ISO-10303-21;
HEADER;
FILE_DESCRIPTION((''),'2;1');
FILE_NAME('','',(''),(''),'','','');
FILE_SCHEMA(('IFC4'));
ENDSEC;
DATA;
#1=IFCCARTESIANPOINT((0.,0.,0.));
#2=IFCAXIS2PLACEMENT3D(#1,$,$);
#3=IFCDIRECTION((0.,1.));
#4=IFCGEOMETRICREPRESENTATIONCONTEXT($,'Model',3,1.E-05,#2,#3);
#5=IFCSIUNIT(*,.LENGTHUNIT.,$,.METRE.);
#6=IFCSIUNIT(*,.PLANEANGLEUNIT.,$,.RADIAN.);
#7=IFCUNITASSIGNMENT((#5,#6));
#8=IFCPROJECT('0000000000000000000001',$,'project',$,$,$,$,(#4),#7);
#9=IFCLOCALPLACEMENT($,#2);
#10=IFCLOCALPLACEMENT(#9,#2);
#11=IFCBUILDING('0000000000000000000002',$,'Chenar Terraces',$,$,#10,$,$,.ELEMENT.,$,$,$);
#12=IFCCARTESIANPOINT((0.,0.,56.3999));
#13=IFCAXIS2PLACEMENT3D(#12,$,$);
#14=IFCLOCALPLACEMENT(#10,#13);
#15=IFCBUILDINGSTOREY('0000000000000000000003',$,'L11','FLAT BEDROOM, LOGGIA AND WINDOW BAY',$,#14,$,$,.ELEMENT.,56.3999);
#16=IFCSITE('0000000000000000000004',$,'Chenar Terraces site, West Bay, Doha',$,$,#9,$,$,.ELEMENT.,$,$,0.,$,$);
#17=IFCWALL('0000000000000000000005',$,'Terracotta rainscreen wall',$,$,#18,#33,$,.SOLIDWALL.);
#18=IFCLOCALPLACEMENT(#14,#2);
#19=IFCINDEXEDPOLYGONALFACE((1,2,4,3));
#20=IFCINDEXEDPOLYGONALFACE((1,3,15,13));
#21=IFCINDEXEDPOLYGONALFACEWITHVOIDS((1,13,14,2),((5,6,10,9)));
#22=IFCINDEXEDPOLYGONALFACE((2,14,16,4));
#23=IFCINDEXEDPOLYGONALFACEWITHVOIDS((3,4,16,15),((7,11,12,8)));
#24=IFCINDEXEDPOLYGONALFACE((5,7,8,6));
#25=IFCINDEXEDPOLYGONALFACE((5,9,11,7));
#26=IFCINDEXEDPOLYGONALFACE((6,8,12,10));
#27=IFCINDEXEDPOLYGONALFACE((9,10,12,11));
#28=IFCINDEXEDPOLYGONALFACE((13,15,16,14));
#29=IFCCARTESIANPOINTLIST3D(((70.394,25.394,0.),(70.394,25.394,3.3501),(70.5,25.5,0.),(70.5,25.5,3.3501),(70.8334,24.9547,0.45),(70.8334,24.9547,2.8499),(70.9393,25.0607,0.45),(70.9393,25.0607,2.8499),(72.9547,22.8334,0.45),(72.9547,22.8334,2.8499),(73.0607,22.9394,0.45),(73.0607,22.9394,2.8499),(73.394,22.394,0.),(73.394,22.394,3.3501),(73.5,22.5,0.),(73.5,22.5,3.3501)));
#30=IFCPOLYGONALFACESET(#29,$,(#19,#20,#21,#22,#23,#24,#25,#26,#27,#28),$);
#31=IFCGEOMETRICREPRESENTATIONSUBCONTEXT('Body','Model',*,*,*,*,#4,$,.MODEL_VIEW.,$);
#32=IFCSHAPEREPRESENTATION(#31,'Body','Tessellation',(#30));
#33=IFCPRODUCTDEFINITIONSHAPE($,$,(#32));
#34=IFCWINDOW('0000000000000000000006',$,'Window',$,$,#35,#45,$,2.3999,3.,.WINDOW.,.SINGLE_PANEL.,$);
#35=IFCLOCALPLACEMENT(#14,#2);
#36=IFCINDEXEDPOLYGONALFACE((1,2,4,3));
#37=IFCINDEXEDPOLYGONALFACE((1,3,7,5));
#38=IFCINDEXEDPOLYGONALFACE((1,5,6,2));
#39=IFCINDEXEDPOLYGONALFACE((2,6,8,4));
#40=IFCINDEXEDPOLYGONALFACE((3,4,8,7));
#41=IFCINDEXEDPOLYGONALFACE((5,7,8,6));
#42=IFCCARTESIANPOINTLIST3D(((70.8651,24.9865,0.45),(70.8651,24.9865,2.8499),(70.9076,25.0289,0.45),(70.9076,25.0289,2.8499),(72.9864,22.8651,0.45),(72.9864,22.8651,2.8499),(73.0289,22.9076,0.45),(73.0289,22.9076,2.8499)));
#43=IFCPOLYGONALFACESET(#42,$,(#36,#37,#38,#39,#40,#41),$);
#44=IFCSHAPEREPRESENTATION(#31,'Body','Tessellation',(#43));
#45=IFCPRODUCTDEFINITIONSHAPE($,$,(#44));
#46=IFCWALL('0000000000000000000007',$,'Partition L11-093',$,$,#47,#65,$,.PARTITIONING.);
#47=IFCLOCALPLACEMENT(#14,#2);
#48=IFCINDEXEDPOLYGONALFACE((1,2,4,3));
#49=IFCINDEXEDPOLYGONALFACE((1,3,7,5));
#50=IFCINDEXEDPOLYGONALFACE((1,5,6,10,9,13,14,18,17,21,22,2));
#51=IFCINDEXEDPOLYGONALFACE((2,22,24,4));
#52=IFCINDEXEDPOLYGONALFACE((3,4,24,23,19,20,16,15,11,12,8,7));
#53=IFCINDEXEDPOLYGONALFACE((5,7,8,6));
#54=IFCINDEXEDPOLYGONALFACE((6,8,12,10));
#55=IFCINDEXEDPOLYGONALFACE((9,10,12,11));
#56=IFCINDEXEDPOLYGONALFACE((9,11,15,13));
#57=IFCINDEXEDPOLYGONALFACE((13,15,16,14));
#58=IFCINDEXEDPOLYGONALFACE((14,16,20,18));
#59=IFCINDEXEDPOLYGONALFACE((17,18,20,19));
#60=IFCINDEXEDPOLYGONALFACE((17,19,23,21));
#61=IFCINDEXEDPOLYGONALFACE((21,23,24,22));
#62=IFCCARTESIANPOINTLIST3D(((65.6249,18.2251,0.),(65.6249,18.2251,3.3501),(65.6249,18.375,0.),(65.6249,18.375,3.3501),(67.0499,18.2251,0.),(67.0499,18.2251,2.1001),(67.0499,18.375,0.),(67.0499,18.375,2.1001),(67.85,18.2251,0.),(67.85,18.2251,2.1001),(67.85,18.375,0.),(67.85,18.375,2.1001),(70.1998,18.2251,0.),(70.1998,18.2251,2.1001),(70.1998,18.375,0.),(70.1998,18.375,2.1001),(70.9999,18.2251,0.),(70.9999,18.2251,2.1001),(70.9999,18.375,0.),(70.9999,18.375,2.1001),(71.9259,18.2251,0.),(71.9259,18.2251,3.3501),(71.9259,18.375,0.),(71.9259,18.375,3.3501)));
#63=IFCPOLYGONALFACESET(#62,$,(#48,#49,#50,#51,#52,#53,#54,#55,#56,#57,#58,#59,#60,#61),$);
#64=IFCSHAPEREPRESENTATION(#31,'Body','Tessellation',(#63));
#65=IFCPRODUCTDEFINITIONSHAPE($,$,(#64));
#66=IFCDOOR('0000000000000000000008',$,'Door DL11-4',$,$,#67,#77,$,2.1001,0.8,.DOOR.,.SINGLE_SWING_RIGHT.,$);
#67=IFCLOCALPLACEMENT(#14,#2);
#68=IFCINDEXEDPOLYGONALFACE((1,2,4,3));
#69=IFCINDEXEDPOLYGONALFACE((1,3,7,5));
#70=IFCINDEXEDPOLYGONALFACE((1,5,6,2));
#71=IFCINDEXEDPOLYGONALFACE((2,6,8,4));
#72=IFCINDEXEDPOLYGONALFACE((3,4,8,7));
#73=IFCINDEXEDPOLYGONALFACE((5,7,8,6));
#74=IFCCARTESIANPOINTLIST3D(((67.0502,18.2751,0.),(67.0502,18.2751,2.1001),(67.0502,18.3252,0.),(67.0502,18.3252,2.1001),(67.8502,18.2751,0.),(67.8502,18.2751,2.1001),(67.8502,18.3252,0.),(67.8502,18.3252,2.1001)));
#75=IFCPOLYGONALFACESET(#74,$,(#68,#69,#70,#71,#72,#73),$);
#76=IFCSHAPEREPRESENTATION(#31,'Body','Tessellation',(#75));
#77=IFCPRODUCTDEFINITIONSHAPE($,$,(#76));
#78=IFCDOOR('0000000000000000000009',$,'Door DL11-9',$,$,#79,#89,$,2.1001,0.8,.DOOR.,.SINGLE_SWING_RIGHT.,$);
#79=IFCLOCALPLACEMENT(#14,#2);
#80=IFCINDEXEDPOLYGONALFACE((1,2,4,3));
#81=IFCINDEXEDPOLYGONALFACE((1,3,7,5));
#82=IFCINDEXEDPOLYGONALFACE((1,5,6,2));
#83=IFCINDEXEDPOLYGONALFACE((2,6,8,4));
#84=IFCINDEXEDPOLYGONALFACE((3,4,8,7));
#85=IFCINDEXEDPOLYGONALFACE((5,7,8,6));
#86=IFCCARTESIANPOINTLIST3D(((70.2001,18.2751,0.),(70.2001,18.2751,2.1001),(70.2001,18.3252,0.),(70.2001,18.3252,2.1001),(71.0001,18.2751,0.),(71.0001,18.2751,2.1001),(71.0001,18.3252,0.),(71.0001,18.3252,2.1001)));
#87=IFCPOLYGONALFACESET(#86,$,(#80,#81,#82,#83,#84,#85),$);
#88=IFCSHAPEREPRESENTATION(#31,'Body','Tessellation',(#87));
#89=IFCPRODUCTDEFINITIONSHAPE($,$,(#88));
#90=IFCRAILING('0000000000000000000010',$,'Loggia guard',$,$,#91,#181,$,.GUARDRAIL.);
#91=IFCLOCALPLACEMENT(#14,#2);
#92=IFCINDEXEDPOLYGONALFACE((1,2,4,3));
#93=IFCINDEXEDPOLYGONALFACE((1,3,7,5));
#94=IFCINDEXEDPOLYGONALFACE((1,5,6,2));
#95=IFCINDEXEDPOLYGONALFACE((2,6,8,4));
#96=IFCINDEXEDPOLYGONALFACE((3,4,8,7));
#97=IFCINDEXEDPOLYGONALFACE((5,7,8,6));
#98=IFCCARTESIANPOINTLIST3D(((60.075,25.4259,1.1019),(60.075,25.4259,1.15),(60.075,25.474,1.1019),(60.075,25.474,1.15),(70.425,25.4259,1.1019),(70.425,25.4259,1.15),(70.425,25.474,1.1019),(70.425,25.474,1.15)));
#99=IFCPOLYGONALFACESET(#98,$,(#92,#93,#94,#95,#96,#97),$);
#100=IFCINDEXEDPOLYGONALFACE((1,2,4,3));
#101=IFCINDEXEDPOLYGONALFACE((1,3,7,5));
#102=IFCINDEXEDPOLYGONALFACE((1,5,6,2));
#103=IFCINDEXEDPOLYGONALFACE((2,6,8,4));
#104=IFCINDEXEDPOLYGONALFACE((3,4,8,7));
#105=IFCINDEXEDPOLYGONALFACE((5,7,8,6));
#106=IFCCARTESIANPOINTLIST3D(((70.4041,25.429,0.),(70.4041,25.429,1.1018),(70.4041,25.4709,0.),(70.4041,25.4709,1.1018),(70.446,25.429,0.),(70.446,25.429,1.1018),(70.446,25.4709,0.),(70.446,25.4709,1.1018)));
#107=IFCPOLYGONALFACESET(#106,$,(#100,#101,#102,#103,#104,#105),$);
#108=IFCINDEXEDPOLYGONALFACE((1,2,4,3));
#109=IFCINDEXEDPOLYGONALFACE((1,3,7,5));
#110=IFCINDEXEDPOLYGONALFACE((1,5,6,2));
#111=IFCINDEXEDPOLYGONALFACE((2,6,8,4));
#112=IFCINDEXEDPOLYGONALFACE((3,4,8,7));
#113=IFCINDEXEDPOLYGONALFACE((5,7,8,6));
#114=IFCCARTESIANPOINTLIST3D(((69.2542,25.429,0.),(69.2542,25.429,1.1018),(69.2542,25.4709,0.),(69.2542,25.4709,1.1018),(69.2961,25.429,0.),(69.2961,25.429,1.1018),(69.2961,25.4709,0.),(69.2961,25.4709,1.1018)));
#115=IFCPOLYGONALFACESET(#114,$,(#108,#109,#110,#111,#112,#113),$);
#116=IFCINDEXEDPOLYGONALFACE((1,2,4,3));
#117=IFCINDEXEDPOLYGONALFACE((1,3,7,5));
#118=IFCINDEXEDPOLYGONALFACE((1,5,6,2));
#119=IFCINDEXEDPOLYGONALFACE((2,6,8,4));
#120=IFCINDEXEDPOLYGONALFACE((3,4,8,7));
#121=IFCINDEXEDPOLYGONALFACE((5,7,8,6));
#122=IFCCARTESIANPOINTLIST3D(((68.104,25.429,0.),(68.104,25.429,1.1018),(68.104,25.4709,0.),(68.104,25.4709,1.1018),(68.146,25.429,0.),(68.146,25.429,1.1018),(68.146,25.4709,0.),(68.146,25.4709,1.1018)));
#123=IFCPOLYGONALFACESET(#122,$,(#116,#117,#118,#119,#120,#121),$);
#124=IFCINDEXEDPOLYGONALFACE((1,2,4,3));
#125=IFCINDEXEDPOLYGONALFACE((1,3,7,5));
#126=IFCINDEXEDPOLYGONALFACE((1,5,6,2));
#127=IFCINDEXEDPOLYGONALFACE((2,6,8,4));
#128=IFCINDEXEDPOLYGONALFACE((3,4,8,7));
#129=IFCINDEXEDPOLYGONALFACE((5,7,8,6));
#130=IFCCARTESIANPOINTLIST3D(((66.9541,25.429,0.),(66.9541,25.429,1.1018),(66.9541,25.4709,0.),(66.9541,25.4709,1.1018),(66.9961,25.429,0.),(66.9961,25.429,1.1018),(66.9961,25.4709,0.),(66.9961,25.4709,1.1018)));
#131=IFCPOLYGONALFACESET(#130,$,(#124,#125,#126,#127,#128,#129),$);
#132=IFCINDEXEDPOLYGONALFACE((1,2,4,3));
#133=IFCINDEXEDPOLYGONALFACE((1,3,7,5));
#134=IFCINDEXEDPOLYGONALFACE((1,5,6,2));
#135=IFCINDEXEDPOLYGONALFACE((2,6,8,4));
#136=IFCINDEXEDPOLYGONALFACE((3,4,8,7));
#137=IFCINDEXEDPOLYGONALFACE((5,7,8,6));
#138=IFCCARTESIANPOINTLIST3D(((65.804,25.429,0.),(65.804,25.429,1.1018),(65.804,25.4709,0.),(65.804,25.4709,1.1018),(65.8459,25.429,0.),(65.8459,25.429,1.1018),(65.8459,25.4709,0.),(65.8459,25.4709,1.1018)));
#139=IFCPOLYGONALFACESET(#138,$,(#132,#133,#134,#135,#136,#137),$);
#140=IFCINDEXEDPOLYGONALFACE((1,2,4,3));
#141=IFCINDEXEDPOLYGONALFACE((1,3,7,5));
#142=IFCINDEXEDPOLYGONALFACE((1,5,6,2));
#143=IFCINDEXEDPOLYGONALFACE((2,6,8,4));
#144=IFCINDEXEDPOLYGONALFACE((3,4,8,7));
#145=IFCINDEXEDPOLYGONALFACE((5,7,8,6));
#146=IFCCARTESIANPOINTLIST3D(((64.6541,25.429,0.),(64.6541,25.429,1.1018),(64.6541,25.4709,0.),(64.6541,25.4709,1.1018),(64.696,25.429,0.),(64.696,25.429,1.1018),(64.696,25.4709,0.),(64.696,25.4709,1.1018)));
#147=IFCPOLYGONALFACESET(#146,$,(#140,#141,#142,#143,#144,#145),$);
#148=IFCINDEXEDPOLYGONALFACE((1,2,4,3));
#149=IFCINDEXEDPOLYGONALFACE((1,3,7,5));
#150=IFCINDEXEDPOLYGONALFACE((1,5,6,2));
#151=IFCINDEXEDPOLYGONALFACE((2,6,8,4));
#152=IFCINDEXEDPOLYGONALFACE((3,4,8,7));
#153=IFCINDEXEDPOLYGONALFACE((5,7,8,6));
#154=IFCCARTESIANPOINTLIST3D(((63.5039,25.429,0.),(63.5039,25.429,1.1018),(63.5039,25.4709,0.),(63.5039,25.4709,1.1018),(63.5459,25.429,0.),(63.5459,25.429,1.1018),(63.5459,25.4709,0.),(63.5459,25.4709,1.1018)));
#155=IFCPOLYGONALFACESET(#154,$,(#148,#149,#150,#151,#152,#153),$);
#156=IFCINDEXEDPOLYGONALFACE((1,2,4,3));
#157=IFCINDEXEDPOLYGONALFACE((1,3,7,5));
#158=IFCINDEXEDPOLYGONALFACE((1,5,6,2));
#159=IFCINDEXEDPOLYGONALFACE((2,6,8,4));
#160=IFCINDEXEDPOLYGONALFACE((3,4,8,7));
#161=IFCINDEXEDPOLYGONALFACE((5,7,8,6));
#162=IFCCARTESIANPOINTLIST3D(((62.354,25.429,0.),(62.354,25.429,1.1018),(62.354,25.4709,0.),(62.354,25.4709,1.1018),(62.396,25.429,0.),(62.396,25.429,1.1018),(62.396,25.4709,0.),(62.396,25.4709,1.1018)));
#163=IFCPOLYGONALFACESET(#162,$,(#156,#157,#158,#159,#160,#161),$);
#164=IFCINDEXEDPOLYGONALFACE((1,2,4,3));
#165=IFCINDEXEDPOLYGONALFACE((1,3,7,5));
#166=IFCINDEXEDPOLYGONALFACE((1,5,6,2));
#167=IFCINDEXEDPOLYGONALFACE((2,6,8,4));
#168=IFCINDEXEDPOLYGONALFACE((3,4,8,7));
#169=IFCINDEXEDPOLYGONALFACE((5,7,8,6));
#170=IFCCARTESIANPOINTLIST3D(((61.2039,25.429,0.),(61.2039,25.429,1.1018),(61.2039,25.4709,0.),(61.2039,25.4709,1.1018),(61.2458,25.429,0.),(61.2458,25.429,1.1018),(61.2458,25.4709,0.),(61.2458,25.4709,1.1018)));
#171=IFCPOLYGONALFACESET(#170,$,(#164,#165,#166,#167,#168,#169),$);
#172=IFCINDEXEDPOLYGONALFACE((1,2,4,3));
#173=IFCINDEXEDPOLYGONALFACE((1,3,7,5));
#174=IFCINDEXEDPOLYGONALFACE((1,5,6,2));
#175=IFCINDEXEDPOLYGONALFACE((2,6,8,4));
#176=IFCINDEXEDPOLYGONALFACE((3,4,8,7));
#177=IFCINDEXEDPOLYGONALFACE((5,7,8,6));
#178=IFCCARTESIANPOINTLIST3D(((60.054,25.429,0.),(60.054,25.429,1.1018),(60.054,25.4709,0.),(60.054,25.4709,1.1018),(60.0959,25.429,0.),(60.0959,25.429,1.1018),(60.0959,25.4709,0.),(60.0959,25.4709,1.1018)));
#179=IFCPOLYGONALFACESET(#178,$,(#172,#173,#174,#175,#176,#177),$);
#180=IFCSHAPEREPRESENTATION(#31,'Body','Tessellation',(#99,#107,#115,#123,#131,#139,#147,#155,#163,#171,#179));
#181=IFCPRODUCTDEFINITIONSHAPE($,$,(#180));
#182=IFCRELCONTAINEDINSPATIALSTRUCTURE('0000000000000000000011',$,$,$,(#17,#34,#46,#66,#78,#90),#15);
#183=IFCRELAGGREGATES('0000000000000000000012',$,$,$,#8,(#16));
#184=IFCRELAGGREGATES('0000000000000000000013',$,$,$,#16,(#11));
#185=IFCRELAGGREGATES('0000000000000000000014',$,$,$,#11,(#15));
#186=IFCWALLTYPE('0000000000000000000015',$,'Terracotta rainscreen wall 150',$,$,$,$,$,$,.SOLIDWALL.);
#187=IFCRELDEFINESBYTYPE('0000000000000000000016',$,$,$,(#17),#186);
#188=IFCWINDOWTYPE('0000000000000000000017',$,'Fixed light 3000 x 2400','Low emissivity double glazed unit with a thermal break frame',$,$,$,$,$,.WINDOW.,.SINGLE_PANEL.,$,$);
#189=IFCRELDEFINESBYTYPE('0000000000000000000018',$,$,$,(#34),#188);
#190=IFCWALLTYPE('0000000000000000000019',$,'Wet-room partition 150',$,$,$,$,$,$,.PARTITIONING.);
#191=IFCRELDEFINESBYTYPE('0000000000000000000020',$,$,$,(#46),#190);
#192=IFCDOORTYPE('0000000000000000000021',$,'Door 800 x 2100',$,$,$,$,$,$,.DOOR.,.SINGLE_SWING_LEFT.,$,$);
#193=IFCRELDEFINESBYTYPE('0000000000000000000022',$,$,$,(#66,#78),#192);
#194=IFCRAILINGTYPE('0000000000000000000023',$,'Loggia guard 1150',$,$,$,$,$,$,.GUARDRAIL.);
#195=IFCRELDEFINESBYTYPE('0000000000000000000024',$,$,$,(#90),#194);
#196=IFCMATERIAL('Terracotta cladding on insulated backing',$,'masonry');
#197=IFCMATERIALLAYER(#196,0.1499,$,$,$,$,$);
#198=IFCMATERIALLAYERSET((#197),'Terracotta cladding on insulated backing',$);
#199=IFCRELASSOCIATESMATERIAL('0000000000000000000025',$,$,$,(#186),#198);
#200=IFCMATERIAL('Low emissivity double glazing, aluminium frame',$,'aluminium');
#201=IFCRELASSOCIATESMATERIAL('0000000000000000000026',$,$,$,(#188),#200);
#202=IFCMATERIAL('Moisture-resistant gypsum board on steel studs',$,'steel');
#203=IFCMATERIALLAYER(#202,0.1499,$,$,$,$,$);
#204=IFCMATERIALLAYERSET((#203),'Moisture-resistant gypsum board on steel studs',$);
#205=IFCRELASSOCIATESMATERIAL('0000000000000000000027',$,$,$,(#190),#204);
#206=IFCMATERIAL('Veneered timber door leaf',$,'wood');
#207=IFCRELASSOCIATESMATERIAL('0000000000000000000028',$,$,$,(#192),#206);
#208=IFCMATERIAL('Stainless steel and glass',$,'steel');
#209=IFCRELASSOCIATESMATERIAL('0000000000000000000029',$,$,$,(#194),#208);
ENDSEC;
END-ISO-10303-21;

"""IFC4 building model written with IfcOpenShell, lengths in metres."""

from ifc_helpers import new_model, si_unit, direction, frame, frame_2d, origin, origin_2d, place, context, subcontext, project, spatial, rectangle, extrude, material, layer, layer_set, type_object, element, fill, save


model = new_model("IFC4")

# Units and contexts
model_context = context("Model", 3, precision=1e-05, world=origin(), true_north=direction((0.0, 1.0)))
body_context = subcontext(model_context, "Body", "Model", "MODEL_VIEW")
ifc_project = project(units=[si_unit("LENGTHUNIT", "METRE"), si_unit("PLANEANGLEUNIT", "RADIAN")], contexts=[model_context])

# Site, building, storey
site_placement = place(None, origin())
site = spatial("IfcSite", under=ifc_project, at=site_placement, Name="Chenar Terraces site, West Bay, Doha", CompositionType="ELEMENT", RefElevation=0.0)
building_placement = place(site_placement, origin())
building = spatial("IfcBuilding", under=site, at=building_placement, Name="Chenar Terraces", CompositionType="ELEMENT")
storey_placement = place(building_placement, frame((0.0, 0.0, 56.3999)))
storey = spatial("IfcBuildingStorey", under=building, at=storey_placement, Name="L11", Description="FLAT BEDROOM, LOGGIA AND WINDOW BAY", CompositionType="ELEMENT", Elevation=56.3999)

# Wall, opening, window
ifc_material_1 = material(Name="Terracotta cladding on insulated backing", Category="masonry")
ifc_layer_1 = layer(ifc_material_1, 0.1499)
ifc_layer_set_1 = layer_set([ifc_layer_1], Name="Terracotta cladding on insulated backing")
wall_type_1 = type_object("IfcWallType", Name="Terracotta rainscreen wall 150", PredefinedType="SOLIDWALL", material=ifc_layer_set_1)
wall_1_placement = place(storey_placement, frame((73.447, 22.447, 0.0), z_axis=(0.0, 0.0, 1.0), x_axis=(-0.707107, 0.707107, 0.0)))
wall_1 = element("IfcWall", 1, at=wall_1_placement, inside=storey, type_object=wall_type_1, Name="Terracotta rainscreen wall", PredefinedType="SOLIDWALL", context=body_context, shape_type="SweptSolid", body=[
    extrude(rectangle(XDim=4.2427, YDim=0.1499, at=frame_2d((2.1213, 0.0))), origin(), (0.0, 0.0, 1.0), 3.3501),
])
opening_1_placement = place(wall_1_placement, frame((0.6213, 0.0, 0.45)))
opening_1 = element("IfcOpeningElement", 2, at=opening_1_placement, cuts=wall_1, PredefinedType="OPENING", context=body_context, shape_type="SweptSolid", body=[
    extrude(rectangle(XDim=3.0, YDim=2.3999, at=frame_2d((1.5, 1.2))), frame((0.0, 0.085, 0.0), z_axis=(0.0, -1.0, 0.0), x_axis=(1.0, 0.0, 0.0)), (0.0, 0.0, 1.0), 0.1699),
])
ifc_material_2 = material(Name="Low emissivity double glazing, aluminium frame", Category="aluminium")
window_type_1 = type_object("IfcWindowType", Name="Fixed light 3000 x 2400", Description="Low emissivity double glazed unit with a thermal break frame", PartitioningType="SINGLE_PANEL", PredefinedType="WINDOW", material=ifc_material_2)
window_1_placement = place(opening_1_placement, origin())
window_1 = element("IfcWindow", 3, at=window_1_placement, inside=storey, type_object=window_type_1, Name="Window", OverallHeight=2.3999, OverallWidth=3.0, PartitioningType="SINGLE_PANEL", PredefinedType="WINDOW", context=body_context, shape_type="SweptSolid", body=[
    extrude(rectangle(XDim=3.0, YDim=2.3999, at=frame_2d((1.5, 1.2))), frame((0.0, 0.03, 0.0), z_axis=(0.0, -1.0, 0.0), x_axis=(1.0, 0.0, 0.0)), (0.0, 0.0, 1.0), 0.0601),
])
fill(opening_1, window_1)

# Wall, openings, doors
ifc_material_3 = material(Name="Moisture-resistant gypsum board on steel studs", Category="steel")
ifc_layer_2 = layer(ifc_material_3, 0.1499)
ifc_layer_set_2 = layer_set([ifc_layer_2], Name="Moisture-resistant gypsum board on steel studs")
wall_type_2 = type_object("IfcWallType", Name="Wet-room partition 150", PredefinedType="PARTITIONING", material=ifc_layer_set_2)
wall_2_placement = place(storey_placement, frame((65.625, 18.3, 0.0), z_axis=(0.0, 0.0, 1.0), x_axis=(1.0, 0.0, 0.0)))
wall_2 = element("IfcWall", 4, at=wall_2_placement, inside=storey, type_object=wall_type_2, Name="Partition L11-093", PredefinedType="PARTITIONING", context=body_context, shape_type="SweptSolid", body=[
    extrude(rectangle(XDim=6.301, YDim=0.1499, at=frame_2d((3.1504, 0.0))), origin(), (0.0, 0.0, 1.0), 3.3501),
])
opening_2_placement = place(wall_2_placement, frame((1.425, 0.0, 0.0)))
opening_2 = element("IfcOpeningElement", 5, at=opening_2_placement, cuts=wall_2, PredefinedType="OPENING", context=body_context, shape_type="SweptSolid", body=[
    extrude(rectangle(XDim=0.8, YDim=2.1001, at=frame_2d((0.3999, 1.05))), frame((0.0, 0.085, 0.0), z_axis=(0.0, -1.0, 0.0), x_axis=(1.0, 0.0, 0.0)), (0.0, 0.0, 1.0), 0.1699),
])
opening_3_placement = place(wall_2_placement, frame((4.575, 0.0, 0.0)))
opening_3 = element("IfcOpeningElement", 6, at=opening_3_placement, cuts=wall_2, PredefinedType="OPENING", context=body_context, shape_type="SweptSolid", body=[
    extrude(rectangle(XDim=0.8, YDim=2.1001, at=frame_2d((0.3999, 1.05))), frame((0.0, 0.085, 0.0), z_axis=(0.0, -1.0, 0.0), x_axis=(1.0, 0.0, 0.0)), (0.0, 0.0, 1.0), 0.1699),
])
ifc_material_4 = material(Name="Veneered timber door leaf", Category="wood")
door_type_1 = type_object("IfcDoorType", Name="Door 800 x 2100", OperationType="SINGLE_SWING_LEFT", PredefinedType="DOOR", material=ifc_material_4)
door_1_placement = place(opening_2_placement, frame((0.8, 0.0, 0.0), z_axis=(0.0, 0.0, 1.0), x_axis=(-1.0, 0.0, 0.0)))
door_1 = element("IfcDoor", 7, at=door_1_placement, inside=storey, type_object=door_type_1, Name="Door DL11-4", OperationType="SINGLE_SWING_RIGHT", OverallHeight=2.1001, OverallWidth=0.8, PredefinedType="DOOR", context=body_context, shape_type="SweptSolid", body=[
    extrude(rectangle(XDim=0.8, YDim=2.1001, at=frame_2d((0.3999, 1.05))), frame((0.0, 0.0249, 0.0), z_axis=(0.0, -1.0, 0.0), x_axis=(1.0, 0.0, 0.0)), (0.0, 0.0, 1.0), 0.05),
])
fill(opening_2, door_1)
door_2_placement = place(opening_3_placement, frame((0.8, 0.0, 0.0), z_axis=(0.0, 0.0, 1.0), x_axis=(-1.0, 0.0, 0.0)))
door_2 = element("IfcDoor", 8, at=door_2_placement, inside=storey, type_object=door_type_1, Name="Door DL11-9", OperationType="SINGLE_SWING_RIGHT", OverallHeight=2.1001, OverallWidth=0.8, PredefinedType="DOOR", context=body_context, shape_type="SweptSolid", body=[
    extrude(rectangle(XDim=0.8, YDim=2.1001, at=frame_2d((0.3999, 1.05))), frame((0.0, 0.0249, 0.0), z_axis=(0.0, -1.0, 0.0), x_axis=(1.0, 0.0, 0.0)), (0.0, 0.0, 1.0), 0.05),
])
fill(opening_3, door_2)

# Railing
ifc_material_5 = material(Name="Stainless steel and glass", Category="steel")
railing_type = type_object("IfcRailingType", Name="Loggia guard 1150", PredefinedType="GUARDRAIL", material=ifc_material_5)
railing_placement = place(storey_placement, frame((70.425, 25.45, 0.0)))
element("IfcRailing", 9, at=railing_placement, inside=storey, type_object=railing_type, Name="Loggia guard", PredefinedType="GUARDRAIL", context=body_context, shape_type="SweptSolid", body=[
    extrude(rectangle(XDim=0.0481, YDim=0.0481, at=origin_2d()), frame((0.0, 0.0, 1.126), z_axis=(-1.0, 0.0, 0.0), x_axis=(0.0, -1.0, 0.0)), (0.0, 0.0, 1.0), 10.3501),
    extrude(rectangle(XDim=0.042, YDim=0.042, at=origin_2d()), origin(), (0.0, 0.0, 1.0), 1.1018),
    extrude(rectangle(XDim=0.042, YDim=0.042, at=origin_2d()), frame((-1.1499, 0.0, 0.0)), (0.0, 0.0, 1.0), 1.1018),
    extrude(rectangle(XDim=0.042, YDim=0.042, at=origin_2d()), frame((-2.3, 0.0, 0.0)), (0.0, 0.0, 1.0), 1.1018),
    extrude(rectangle(XDim=0.042, YDim=0.042, at=origin_2d()), frame((-3.45, 0.0, 0.0)), (0.0, 0.0, 1.0), 1.1018),
    extrude(rectangle(XDim=0.042, YDim=0.042, at=origin_2d()), frame((-4.6001, 0.0, 0.0)), (0.0, 0.0, 1.0), 1.1018),
    extrude(rectangle(XDim=0.042, YDim=0.042, at=origin_2d()), frame((-5.75, 0.0, 0.0)), (0.0, 0.0, 1.0), 1.1018),
    extrude(rectangle(XDim=0.042, YDim=0.042, at=origin_2d()), frame((-6.9001, 0.0, 0.0)), (0.0, 0.0, 1.0), 1.1018),
    extrude(rectangle(XDim=0.042, YDim=0.042, at=origin_2d()), frame((-8.05, 0.0, 0.0)), (0.0, 0.0, 1.0), 1.1018),
    extrude(rectangle(XDim=0.042, YDim=0.042, at=origin_2d()), frame((-9.2002, 0.0, 0.0)), (0.0, 0.0, 1.0), 1.1018),
    extrude(rectangle(XDim=0.042, YDim=0.042, at=origin_2d()), frame((-10.3501, 0.0, 0.0)), (0.0, 0.0, 1.0), 1.1018),
])

save(model, "model.ifc")
